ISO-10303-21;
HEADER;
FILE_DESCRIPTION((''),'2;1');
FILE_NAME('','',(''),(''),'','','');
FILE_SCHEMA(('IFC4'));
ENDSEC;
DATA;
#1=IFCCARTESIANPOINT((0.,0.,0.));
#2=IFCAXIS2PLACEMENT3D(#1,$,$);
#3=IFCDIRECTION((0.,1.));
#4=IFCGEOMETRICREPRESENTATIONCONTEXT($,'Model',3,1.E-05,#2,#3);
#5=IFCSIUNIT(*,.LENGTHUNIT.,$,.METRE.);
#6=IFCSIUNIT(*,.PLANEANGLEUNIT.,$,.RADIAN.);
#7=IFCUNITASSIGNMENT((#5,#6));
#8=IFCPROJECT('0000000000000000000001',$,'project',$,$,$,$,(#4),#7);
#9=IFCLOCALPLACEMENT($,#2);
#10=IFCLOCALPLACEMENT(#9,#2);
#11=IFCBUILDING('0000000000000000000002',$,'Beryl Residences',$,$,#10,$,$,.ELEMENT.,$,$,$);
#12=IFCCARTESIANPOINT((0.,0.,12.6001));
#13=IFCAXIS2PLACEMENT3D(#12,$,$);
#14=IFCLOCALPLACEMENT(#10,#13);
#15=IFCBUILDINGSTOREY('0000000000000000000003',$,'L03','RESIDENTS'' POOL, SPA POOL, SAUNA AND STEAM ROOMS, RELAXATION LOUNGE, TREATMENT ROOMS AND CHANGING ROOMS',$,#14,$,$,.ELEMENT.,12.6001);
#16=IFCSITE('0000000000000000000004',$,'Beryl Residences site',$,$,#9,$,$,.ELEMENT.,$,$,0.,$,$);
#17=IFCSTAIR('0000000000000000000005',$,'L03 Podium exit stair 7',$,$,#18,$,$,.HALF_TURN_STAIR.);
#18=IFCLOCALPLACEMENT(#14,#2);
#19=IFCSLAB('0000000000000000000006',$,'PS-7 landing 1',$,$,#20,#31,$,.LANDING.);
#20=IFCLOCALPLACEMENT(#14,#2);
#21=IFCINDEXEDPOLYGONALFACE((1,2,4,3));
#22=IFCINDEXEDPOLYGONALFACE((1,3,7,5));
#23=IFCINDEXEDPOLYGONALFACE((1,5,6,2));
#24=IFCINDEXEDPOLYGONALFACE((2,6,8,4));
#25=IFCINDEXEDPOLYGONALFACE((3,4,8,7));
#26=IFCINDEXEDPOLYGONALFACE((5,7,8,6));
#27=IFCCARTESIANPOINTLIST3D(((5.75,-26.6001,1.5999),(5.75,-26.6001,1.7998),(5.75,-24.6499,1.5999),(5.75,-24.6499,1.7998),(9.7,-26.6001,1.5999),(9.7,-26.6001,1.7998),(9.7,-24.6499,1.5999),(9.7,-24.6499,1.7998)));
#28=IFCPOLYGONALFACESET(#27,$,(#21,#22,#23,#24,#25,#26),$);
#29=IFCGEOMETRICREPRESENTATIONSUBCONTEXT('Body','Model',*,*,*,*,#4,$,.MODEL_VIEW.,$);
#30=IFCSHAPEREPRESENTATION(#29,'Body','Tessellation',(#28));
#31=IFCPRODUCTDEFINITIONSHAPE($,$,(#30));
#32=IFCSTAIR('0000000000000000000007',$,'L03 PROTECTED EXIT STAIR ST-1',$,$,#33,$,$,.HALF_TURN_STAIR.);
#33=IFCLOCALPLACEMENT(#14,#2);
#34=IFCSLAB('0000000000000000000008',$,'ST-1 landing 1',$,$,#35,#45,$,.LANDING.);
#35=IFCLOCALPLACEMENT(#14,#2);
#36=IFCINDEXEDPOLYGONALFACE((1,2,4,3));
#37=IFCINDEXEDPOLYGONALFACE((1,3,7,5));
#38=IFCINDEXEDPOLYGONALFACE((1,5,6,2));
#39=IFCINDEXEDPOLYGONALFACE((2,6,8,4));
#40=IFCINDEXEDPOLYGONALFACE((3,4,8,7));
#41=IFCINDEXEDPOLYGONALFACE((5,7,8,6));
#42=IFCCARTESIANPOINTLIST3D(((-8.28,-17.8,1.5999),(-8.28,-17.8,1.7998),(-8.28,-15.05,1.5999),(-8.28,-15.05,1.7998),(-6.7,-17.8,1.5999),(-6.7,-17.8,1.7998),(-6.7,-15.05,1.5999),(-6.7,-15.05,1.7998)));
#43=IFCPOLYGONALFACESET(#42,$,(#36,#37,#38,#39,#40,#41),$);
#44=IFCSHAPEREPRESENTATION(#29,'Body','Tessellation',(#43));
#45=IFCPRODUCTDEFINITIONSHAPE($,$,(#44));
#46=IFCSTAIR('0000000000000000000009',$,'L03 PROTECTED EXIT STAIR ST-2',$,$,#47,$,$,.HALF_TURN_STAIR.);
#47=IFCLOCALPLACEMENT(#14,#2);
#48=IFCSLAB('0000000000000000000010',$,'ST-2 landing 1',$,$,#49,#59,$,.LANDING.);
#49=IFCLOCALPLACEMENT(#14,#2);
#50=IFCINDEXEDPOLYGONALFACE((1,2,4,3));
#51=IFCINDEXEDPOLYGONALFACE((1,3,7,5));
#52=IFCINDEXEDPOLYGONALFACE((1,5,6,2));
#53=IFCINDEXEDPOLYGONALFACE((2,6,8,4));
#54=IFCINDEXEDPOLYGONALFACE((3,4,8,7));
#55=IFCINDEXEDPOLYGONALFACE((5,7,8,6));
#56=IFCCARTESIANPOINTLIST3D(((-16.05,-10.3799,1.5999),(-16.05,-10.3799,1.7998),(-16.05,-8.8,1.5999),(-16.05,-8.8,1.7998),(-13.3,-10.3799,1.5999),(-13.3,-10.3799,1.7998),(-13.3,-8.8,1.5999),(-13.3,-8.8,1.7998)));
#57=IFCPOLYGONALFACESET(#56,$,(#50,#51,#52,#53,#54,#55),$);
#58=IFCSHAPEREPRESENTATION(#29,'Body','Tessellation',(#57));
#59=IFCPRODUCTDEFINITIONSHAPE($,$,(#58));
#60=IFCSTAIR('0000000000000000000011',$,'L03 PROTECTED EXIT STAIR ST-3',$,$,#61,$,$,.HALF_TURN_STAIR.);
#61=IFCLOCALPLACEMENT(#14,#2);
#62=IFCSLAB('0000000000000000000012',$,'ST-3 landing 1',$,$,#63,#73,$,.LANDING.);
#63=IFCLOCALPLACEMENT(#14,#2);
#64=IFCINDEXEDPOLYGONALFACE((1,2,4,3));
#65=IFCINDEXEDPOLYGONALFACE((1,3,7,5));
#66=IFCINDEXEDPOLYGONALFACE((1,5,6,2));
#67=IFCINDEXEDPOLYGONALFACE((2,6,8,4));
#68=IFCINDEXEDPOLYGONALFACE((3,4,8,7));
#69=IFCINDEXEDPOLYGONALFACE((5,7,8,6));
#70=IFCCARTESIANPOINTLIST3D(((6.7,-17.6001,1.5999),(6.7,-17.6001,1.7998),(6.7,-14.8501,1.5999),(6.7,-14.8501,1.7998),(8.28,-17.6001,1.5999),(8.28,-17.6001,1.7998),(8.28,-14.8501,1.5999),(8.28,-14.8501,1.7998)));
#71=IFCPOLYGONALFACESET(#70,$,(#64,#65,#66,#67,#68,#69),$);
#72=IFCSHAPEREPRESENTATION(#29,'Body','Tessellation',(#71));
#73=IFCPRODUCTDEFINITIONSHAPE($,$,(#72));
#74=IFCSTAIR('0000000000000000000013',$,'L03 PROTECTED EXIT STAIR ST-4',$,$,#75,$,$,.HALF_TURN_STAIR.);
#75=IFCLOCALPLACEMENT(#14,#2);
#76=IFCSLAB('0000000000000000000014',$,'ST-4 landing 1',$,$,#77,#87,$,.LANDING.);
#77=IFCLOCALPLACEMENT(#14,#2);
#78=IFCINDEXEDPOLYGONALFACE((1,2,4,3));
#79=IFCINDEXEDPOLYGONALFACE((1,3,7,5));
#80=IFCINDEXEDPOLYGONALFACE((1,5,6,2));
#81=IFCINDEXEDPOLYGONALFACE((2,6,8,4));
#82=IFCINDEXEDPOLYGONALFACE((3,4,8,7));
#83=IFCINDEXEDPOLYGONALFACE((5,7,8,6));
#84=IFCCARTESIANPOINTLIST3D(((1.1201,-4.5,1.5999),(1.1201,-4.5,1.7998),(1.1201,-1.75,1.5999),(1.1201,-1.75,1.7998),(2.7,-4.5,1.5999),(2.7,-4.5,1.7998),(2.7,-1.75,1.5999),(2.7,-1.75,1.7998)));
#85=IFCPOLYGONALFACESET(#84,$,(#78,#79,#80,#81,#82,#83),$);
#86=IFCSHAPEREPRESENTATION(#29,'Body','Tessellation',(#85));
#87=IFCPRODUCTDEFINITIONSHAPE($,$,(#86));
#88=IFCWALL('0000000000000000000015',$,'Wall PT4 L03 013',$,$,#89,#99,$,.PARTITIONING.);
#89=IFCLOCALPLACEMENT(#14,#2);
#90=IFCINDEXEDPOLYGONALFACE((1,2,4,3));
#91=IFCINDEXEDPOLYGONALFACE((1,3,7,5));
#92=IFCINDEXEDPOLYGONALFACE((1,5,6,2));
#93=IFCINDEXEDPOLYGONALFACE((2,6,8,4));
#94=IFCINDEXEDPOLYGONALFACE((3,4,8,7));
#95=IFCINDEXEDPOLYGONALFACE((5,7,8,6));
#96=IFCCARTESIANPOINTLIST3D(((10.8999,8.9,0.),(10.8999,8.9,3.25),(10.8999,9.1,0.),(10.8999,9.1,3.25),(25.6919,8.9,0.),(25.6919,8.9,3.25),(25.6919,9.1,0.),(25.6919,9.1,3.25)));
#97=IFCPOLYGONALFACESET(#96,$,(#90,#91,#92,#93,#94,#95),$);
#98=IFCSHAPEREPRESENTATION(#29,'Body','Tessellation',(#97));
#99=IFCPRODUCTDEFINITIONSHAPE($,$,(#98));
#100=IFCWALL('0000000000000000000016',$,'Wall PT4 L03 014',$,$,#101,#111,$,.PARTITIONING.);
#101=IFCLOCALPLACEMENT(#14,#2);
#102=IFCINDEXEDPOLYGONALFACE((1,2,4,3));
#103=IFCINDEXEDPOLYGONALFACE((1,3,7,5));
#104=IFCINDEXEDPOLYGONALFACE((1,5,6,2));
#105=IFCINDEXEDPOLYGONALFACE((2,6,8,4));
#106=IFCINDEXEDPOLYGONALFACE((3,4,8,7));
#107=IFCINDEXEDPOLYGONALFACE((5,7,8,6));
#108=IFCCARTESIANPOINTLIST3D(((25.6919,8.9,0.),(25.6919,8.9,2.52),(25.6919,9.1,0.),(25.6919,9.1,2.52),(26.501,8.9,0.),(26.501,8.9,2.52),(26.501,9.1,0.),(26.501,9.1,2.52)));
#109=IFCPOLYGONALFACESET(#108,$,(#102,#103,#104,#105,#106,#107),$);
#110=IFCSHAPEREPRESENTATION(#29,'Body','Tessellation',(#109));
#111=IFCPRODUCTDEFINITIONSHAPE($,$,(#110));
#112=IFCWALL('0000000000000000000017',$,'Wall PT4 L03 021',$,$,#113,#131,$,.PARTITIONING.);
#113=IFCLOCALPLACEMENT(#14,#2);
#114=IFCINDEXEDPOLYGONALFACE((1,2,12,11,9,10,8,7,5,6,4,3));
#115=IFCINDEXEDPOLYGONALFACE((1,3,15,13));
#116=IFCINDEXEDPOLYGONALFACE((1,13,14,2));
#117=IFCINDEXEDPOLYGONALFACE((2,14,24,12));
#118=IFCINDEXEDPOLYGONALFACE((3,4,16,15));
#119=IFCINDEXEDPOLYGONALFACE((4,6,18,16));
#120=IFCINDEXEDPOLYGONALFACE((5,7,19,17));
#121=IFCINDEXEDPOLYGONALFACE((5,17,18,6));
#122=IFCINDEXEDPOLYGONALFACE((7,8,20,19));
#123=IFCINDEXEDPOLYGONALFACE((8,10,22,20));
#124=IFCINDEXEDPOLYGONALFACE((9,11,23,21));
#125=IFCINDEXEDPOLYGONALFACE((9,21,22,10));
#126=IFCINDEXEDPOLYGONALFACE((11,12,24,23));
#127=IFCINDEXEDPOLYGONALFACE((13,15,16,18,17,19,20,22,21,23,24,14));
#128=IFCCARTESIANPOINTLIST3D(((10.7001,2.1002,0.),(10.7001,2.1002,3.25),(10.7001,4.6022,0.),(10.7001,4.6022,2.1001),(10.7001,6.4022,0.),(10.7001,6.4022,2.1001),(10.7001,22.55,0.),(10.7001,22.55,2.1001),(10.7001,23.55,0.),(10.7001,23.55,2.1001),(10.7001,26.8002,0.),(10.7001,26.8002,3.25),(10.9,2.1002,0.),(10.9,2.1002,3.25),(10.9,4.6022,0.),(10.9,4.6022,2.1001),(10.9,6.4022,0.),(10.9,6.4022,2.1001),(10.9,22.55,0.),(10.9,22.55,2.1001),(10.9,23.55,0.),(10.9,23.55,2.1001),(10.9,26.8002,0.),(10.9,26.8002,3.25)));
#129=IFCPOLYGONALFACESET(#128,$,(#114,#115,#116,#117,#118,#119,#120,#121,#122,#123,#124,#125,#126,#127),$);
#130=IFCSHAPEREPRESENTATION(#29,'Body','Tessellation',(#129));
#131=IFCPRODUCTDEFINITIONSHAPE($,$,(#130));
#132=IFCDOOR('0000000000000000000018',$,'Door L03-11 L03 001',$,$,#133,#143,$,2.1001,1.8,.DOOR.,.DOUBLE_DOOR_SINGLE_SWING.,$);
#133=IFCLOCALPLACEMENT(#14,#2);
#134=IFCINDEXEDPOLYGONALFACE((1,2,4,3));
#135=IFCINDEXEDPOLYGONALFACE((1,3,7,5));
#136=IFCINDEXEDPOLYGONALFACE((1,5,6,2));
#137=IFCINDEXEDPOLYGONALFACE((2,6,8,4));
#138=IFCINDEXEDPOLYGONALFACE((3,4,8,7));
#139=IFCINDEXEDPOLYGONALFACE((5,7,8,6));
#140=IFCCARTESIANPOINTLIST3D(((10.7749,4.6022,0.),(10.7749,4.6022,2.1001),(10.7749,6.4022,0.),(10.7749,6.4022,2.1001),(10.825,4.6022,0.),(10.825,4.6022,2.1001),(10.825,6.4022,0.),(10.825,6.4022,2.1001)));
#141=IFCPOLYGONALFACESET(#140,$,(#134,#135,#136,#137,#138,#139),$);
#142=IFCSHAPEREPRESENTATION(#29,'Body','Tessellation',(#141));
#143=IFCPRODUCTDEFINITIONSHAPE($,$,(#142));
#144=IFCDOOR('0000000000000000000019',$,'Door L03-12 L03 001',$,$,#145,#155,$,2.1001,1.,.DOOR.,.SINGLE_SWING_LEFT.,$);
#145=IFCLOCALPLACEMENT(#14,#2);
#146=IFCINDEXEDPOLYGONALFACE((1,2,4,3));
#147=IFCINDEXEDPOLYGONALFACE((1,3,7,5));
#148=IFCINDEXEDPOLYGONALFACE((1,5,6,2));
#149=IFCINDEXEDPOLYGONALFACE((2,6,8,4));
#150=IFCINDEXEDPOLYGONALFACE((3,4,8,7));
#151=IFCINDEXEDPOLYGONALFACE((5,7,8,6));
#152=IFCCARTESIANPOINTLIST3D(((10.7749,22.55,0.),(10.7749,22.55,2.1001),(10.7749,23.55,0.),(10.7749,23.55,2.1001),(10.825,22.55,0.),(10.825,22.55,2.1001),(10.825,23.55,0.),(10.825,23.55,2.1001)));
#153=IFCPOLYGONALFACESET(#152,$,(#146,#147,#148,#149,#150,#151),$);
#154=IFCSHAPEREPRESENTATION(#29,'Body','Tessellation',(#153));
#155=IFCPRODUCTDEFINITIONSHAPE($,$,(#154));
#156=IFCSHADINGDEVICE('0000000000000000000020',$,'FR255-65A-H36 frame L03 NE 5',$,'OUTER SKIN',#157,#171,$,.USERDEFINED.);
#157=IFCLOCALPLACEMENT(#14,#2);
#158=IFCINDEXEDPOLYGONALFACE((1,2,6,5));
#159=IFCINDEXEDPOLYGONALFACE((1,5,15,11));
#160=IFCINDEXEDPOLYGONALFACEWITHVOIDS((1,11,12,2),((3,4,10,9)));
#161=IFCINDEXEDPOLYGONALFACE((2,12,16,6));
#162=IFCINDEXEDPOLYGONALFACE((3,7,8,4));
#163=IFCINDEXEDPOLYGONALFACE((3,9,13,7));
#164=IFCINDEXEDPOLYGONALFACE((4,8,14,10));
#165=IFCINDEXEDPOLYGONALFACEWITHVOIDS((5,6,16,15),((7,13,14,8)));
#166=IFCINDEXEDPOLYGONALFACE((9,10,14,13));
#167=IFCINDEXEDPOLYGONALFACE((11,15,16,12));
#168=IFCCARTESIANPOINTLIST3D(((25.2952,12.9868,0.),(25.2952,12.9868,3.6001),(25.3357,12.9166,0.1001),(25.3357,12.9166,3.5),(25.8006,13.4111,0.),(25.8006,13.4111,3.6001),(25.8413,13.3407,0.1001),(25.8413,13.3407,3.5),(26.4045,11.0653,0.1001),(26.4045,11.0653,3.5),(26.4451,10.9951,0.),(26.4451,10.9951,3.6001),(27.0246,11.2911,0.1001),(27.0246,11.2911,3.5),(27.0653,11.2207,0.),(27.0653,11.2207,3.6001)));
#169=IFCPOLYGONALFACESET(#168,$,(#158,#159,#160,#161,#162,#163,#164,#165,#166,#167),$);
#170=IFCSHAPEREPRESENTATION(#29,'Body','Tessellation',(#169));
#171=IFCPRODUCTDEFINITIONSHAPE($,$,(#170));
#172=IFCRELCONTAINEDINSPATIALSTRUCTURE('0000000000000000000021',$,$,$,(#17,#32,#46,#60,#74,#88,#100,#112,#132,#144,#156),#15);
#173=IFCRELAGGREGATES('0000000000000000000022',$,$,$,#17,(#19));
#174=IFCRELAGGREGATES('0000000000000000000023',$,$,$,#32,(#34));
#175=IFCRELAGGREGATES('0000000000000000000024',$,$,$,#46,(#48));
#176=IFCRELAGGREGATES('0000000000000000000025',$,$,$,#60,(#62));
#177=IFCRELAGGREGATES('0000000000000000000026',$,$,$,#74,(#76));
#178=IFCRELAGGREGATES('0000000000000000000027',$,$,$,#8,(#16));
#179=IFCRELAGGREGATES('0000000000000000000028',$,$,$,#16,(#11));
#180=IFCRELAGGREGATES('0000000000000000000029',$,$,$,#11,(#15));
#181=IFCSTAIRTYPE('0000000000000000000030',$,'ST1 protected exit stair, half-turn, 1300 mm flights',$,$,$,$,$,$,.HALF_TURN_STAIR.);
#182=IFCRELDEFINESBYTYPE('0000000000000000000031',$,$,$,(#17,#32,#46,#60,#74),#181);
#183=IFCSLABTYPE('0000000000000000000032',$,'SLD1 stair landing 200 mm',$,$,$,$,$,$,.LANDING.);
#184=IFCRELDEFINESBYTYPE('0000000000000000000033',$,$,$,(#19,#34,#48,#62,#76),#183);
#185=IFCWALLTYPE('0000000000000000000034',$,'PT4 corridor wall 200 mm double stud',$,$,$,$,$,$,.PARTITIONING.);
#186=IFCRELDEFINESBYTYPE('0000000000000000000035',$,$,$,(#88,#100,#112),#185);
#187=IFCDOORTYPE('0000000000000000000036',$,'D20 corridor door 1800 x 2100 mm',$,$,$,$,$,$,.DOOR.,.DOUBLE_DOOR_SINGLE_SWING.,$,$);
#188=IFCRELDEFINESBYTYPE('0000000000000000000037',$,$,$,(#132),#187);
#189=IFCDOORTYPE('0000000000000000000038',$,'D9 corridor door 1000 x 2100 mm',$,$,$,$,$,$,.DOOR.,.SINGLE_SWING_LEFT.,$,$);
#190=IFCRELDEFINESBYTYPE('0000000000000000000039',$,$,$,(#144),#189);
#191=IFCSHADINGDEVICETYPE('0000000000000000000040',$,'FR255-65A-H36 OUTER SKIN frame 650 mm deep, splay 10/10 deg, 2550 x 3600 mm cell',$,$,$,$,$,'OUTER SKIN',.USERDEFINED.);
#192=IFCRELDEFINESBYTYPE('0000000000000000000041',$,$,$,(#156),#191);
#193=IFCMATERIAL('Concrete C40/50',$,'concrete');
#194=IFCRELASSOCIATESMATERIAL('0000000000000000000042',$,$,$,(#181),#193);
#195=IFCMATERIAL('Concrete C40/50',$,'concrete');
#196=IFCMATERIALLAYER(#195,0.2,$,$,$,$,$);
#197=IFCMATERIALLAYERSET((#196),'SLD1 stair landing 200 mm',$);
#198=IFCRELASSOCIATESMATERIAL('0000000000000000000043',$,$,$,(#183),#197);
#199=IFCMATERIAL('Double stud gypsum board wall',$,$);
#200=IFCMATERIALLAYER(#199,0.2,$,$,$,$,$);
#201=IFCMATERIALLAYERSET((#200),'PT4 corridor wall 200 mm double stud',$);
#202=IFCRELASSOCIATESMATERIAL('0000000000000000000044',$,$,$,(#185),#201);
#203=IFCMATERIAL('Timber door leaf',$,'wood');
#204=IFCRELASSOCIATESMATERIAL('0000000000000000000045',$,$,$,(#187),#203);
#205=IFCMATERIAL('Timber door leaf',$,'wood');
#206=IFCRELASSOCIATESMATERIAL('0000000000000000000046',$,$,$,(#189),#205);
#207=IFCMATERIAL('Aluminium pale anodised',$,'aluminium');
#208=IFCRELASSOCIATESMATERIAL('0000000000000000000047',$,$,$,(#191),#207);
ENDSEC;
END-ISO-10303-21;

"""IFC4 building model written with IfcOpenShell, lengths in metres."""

from ifc_helpers import new_model, entity, si_unit, direction, frame, frame_2d, origin, place, context, subcontext, project, spatial, polyline, rectangle, outline, extrude, source, transform, mapped, material, layer, layer_set, type_object, type_shapes, element, fill, aggregate, save


model = new_model("IFC4")

# Units and contexts
model_context = context("Model", 3, precision=1e-05, world=origin(), true_north=direction((0.0, 1.0)))
body_context = subcontext(model_context, "Body", "Model", "MODEL_VIEW")
ifc_project = project(units=[si_unit("LENGTHUNIT", "METRE"), si_unit("PLANEANGLEUNIT", "RADIAN")], contexts=[model_context])

# Site, building, storey
site_placement = place(None, origin())
site = spatial("IfcSite", under=ifc_project, at=site_placement, Name="Beryl Residences site", CompositionType="ELEMENT", RefElevation=0.0)
building_placement = place(site_placement, origin())
building = spatial("IfcBuilding", under=site, at=building_placement, Name="Beryl Residences", CompositionType="ELEMENT")
storey_placement = place(building_placement, frame((0.0, 0.0, 12.6001)))
storey = spatial("IfcBuildingStorey", under=building, at=storey_placement, Name="L03", Description="RESIDENTS' POOL, SPA POOL, SAUNA AND STEAM ROOMS, RELAXATION LOUNGE, TREATMENT ROOMS AND CHANGING ROOMS", CompositionType="ELEMENT", Elevation=12.6001)

# Stairs, slabs
ifc_material_1 = material(Name="Concrete C40/50", Category="concrete")
stair_type = type_object("IfcStairType", Name="ST1 protected exit stair, half-turn, 1300 mm flights", PredefinedType="HALF_TURN_STAIR", material=ifc_material_1)
stair_1_placement = place(storey_placement, origin())
stair_1 = element("IfcStair", 1, at=stair_1_placement, inside=storey, type_object=stair_type, Name="L03 Podium exit stair 7", PredefinedType="HALF_TURN_STAIR")
ifc_material_2 = material(Name="Concrete C40/50", Category="concrete")
ifc_layer_1 = layer(ifc_material_2, 0.2)
ifc_layer_set_1 = layer_set([ifc_layer_1], Name="SLD1 stair landing 200 mm")
slab_type_1 = type_object("IfcSlabType", Name="SLD1 stair landing 200 mm", PredefinedType="LANDING", material=ifc_layer_set_1)
slab_1_placement = place(storey_placement, frame((0.0, 0.0, 1.5999)))
slab_1 = element("IfcSlab", 2, at=slab_1_placement, type_object=slab_type_1, Name="PS-7 landing 1", PredefinedType="LANDING", context=body_context, shape_type="SweptSolid", body=[
    extrude(outline(polyline([(5.75, -24.6499), (5.75, -26.6001), (9.7, -26.6001), (9.7, -24.6499), (5.75, -24.6499)])), origin(), (0.0, 0.0, 1.0), 0.2),
])
aggregate(stair_1, [slab_1])
stair_2_placement = place(storey_placement, origin())
stair_2 = element("IfcStair", 3, at=stair_2_placement, inside=storey, type_object=stair_type, Name="L03 PROTECTED EXIT STAIR ST-1", PredefinedType="HALF_TURN_STAIR")
slab_2_placement = place(storey_placement, frame((0.0, 0.0, 1.5999)))
slab_2 = element("IfcSlab", 4, at=slab_2_placement, type_object=slab_type_1, Name="ST-1 landing 1", PredefinedType="LANDING", context=body_context, shape_type="SweptSolid", body=[
    extrude(outline(polyline([(-8.28, -17.8), (-6.7, -17.8), (-6.7, -15.05), (-8.28, -15.05), (-8.28, -17.8)])), origin(), (0.0, 0.0, 1.0), 0.2),
])
aggregate(stair_2, [slab_2])
stair_3_placement = place(storey_placement, origin())
stair_3 = element("IfcStair", 5, at=stair_3_placement, inside=storey, type_object=stair_type, Name="L03 PROTECTED EXIT STAIR ST-2", PredefinedType="HALF_TURN_STAIR")
slab_3_placement = place(storey_placement, frame((0.0, 0.0, 1.5999)))
slab_3 = element("IfcSlab", 6, at=slab_3_placement, type_object=slab_type_1, Name="ST-2 landing 1", PredefinedType="LANDING", context=body_context, shape_type="SweptSolid", body=[
    extrude(outline(polyline([(-13.3, -10.3799), (-13.3, -8.8), (-16.05, -8.8), (-16.05, -10.3799), (-13.3, -10.3799)])), origin(), (0.0, 0.0, 1.0), 0.2),
])
aggregate(stair_3, [slab_3])
stair_4_placement = place(storey_placement, origin())
stair_4 = element("IfcStair", 7, at=stair_4_placement, inside=storey, type_object=stair_type, Name="L03 PROTECTED EXIT STAIR ST-3", PredefinedType="HALF_TURN_STAIR")
slab_4_placement = place(storey_placement, frame((0.0, 0.0, 1.5999)))
slab_4 = element("IfcSlab", 8, at=slab_4_placement, type_object=slab_type_1, Name="ST-3 landing 1", PredefinedType="LANDING", context=body_context, shape_type="SweptSolid", body=[
    extrude(outline(polyline([(8.28, -14.8501), (6.7, -14.8501), (6.7, -17.6001), (8.28, -17.6001), (8.28, -14.8501)])), origin(), (0.0, 0.0, 1.0), 0.2),
])
aggregate(stair_4, [slab_4])
stair_5_placement = place(storey_placement, origin())
stair_5 = element("IfcStair", 9, at=stair_5_placement, inside=storey, type_object=stair_type, Name="L03 PROTECTED EXIT STAIR ST-4", PredefinedType="HALF_TURN_STAIR")
slab_5_placement = place(storey_placement, frame((0.0, 0.0, 1.5999)))
slab_5 = element("IfcSlab", 10, at=slab_5_placement, type_object=slab_type_1, Name="ST-4 landing 1", PredefinedType="LANDING", context=body_context, shape_type="SweptSolid", body=[
    extrude(outline(polyline([(1.1201, -4.5), (2.7, -4.5), (2.7, -1.75), (1.1201, -1.75), (1.1201, -4.5)])), origin(), (0.0, 0.0, 1.0), 0.2),
])
aggregate(stair_5, [slab_5])

# Walls
ifc_material_3 = material(Name="Double stud gypsum board wall")
ifc_layer_2 = layer(ifc_material_3, 0.2)
ifc_layer_set_2 = layer_set([ifc_layer_2], Name="PT4 corridor wall 200 mm double stud")
wall_type = type_object("IfcWallType", Name="PT4 corridor wall 200 mm double stud", PredefinedType="PARTITIONING", material=ifc_layer_set_2)
wall_1_placement = place(storey_placement, frame((10.8999, 9.0, 0.0), z_axis=(0.0, 0.0, 1.0), x_axis=(1.0, 0.0, 0.0)))
element("IfcWall", 11, at=wall_1_placement, inside=storey, type_object=wall_type, Name="Wall PT4 L03 013", PredefinedType="PARTITIONING", context=body_context, shape_type="SweptSolid", body=[
    extrude(rectangle(XDim=14.792, YDim=0.2, at=frame_2d((7.396, 0.0))), origin(), (0.0, 0.0, 1.0), 3.25),
])
wall_2_placement = place(storey_placement, frame((25.6919, 9.0, 0.0), z_axis=(0.0, 0.0, 1.0), x_axis=(1.0, 0.0, 0.0)))
element("IfcWall", 12, at=wall_2_placement, inside=storey, type_object=wall_type, Name="Wall PT4 L03 014", PredefinedType="PARTITIONING", context=body_context, shape_type="SweptSolid", body=[
    extrude(rectangle(XDim=0.8091, YDim=0.2, at=frame_2d((0.4045, 0.0))), origin(), (0.0, 0.0, 1.0), 2.52),
])

# Wall, openings, doors
wall_3_placement = place(storey_placement, frame((10.8, 2.1001, 0.0), z_axis=(0.0, 0.0, 1.0), x_axis=(0.0, 1.0, 0.0)))
wall_3 = element("IfcWall", 13, at=wall_3_placement, inside=storey, type_object=wall_type, Name="Wall PT4 L03 021", PredefinedType="PARTITIONING", context=body_context, shape_type="SweptSolid", body=[
    extrude(rectangle(XDim=24.7, YDim=0.2, at=frame_2d((12.3501, 0.0))), origin(), (0.0, 0.0, 1.0), 3.25),
])
opening_1_placement = place(wall_3_placement, frame((4.302, 0.0, 0.0), z_axis=(0.0, 0.0, 1.0), x_axis=(-1.0, 0.0, 0.0)))
opening_1 = element("IfcOpeningElement", 14, at=opening_1_placement, cuts=wall_3, PredefinedType="OPENING", context=body_context, shape_type="SweptSolid", body=[
    extrude(rectangle(XDim=1.8, YDim=2.1001, at=frame_2d((0.8999, 1.05))), frame((0.0, 0.1099, 0.0), z_axis=(0.0, -1.0, 0.0), x_axis=(1.0, 0.0, 0.0)), (0.0, 0.0, 1.0), 0.22),
])
opening_2_placement = place(wall_3_placement, frame((21.45, 0.0, 0.0), z_axis=(0.0, 0.0, 1.0), x_axis=(-1.0, 0.0, 0.0)))
opening_2 = element("IfcOpeningElement", 15, at=opening_2_placement, cuts=wall_3, PredefinedType="OPENING", context=body_context, shape_type="SweptSolid", body=[
    extrude(rectangle(XDim=1.0, YDim=2.1001, at=frame_2d((0.5, 1.05))), frame((0.0, 0.1099, 0.0), z_axis=(0.0, -1.0, 0.0), x_axis=(1.0, 0.0, 0.0)), (0.0, 0.0, 1.0), 0.22),
])
ifc_material_4 = material(Name="Timber door leaf", Category="wood")
door_type_1 = type_object("IfcDoorType", Name="D20 corridor door 1800 x 2100 mm", OperationType="DOUBLE_DOOR_SINGLE_SWING", PredefinedType="DOOR", material=ifc_material_4)
door_1_placement = place(opening_1_placement, origin())
door_1 = element("IfcDoor", 16, at=door_1_placement, inside=storey, type_object=door_type_1, Name="Door L03-11 L03 001", OperationType="DOUBLE_DOOR_SINGLE_SWING", OverallHeight=2.1001, OverallWidth=1.8, PredefinedType="DOOR", context=body_context, shape_type="SweptSolid", body=[
    extrude(rectangle(XDim=1.8, YDim=2.1001, at=frame_2d((0.8999, 1.05))), frame((0.0, 0.0249, 0.0), z_axis=(0.0, -1.0, 0.0), x_axis=(1.0, 0.0, 0.0)), (0.0, 0.0, 1.0), 0.05),
])
fill(opening_1, door_1)
ifc_material_5 = material(Name="Timber door leaf", Category="wood")
door_type_2 = type_object("IfcDoorType", Name="D9 corridor door 1000 x 2100 mm", OperationType="SINGLE_SWING_LEFT", PredefinedType="DOOR", material=ifc_material_5)
door_2_placement = place(opening_2_placement, origin())
door_2 = element("IfcDoor", 17, at=door_2_placement, inside=storey, type_object=door_type_2, Name="Door L03-12 L03 001", OperationType="SINGLE_SWING_LEFT", OverallHeight=2.1001, OverallWidth=1.0, PredefinedType="DOOR", context=body_context, shape_type="SweptSolid", body=[
    extrude(rectangle(XDim=1.0, YDim=2.1001, at=frame_2d((0.5, 1.05))), frame((0.0, 0.0249, 0.0), z_axis=(0.0, -1.0, 0.0), x_axis=(1.0, 0.0, 0.0)), (0.0, 0.0, 1.0), 0.05),
])
fill(opening_2, door_2)

# Shading device
ifc_material_6 = material(Name="Aluminium pale anodised", Category="aluminium")
shading_device_type = type_object("IfcShadingDeviceType", Name="FR255-65A-H36 OUTER SKIN frame 650 mm deep, splay 10/10 deg, 2550 x 3600 mm cell", ElementType="OUTER SKIN", PredefinedType="USERDEFINED", material=ifc_material_6)
cartesian_point_1 = entity("IfcCartesianPoint", [-1.1499, 0.0])
cartesian_point_2 = entity("IfcCartesianPoint", [-1.0688, 0.1001])
cartesian_point_3 = entity("IfcCartesianPoint", [-1.2646, 0.0])
cartesian_point_4 = entity("IfcCartesianPoint", [-1.1833, 0.1001])
shared_shape = source(origin(), body_context, "Body", "SweptSolid", [
    entity("IfcExtrudedAreaSolidTapered", entity("IfcArbitraryProfileDefWithVoids", "AREA", None, entity("IfcPolyline", [cartesian_point_1, entity("IfcCartesianPoint", [1.1499, 0.0]), entity("IfcCartesianPoint", [1.1499, 3.6001]), entity("IfcCartesianPoint", [-1.1499, 3.6001]), cartesian_point_1]), [entity("IfcPolyline", [cartesian_point_2, entity("IfcCartesianPoint", [1.0688, 0.1001]), entity("IfcCartesianPoint", [1.0688, 3.5]), entity("IfcCartesianPoint", [-1.0688, 3.5]), cartesian_point_2])]), entity("IfcAxis2Placement3D", entity("IfcCartesianPoint", [0.0, 0.0, 0.0]), entity("IfcDirection", [0.0, 1.0, 0.0]), entity("IfcDirection", [-1.0, 0.0, 0.0])), entity("IfcDirection", [0.0, 0.0, 1.0]), 0.6499, entity("IfcArbitraryProfileDefWithVoids", "AREA", None, entity("IfcPolyline", [cartesian_point_3, entity("IfcCartesianPoint", [1.2646, 0.0]), entity("IfcCartesianPoint", [1.2646, 3.6001]), entity("IfcCartesianPoint", [-1.2646, 3.6001]), cartesian_point_3]), [entity("IfcPolyline", [cartesian_point_4, entity("IfcCartesianPoint", [1.1833, 0.1001]), entity("IfcCartesianPoint", [1.1833, 3.5]), entity("IfcCartesianPoint", [-1.1833, 3.5]), cartesian_point_4])])),
])
type_shapes(shading_device_type, [shared_shape])
for number, where, z_axis, x_axis, name in (
    (18, (25.8701, 11.991, 0.0), (0.0, 0.0, 1.0), (0.5, -0.866025, 0.0), "FR255-65A-H36 frame L03 NE 5"),
):
    element("IfcShadingDevice", number, at=place(storey_placement, frame(where, z_axis=z_axis, x_axis=x_axis)), inside=storey, type_object=shading_device_type, Name=name, ObjectType="OUTER SKIN", PredefinedType="USERDEFINED", context=body_context, shape_type="MappedRepresentation", body=[
        mapped(shared_shape, transform((0.0, 0.0, 0.0))),
    ])

save(model, "model.ifc")
